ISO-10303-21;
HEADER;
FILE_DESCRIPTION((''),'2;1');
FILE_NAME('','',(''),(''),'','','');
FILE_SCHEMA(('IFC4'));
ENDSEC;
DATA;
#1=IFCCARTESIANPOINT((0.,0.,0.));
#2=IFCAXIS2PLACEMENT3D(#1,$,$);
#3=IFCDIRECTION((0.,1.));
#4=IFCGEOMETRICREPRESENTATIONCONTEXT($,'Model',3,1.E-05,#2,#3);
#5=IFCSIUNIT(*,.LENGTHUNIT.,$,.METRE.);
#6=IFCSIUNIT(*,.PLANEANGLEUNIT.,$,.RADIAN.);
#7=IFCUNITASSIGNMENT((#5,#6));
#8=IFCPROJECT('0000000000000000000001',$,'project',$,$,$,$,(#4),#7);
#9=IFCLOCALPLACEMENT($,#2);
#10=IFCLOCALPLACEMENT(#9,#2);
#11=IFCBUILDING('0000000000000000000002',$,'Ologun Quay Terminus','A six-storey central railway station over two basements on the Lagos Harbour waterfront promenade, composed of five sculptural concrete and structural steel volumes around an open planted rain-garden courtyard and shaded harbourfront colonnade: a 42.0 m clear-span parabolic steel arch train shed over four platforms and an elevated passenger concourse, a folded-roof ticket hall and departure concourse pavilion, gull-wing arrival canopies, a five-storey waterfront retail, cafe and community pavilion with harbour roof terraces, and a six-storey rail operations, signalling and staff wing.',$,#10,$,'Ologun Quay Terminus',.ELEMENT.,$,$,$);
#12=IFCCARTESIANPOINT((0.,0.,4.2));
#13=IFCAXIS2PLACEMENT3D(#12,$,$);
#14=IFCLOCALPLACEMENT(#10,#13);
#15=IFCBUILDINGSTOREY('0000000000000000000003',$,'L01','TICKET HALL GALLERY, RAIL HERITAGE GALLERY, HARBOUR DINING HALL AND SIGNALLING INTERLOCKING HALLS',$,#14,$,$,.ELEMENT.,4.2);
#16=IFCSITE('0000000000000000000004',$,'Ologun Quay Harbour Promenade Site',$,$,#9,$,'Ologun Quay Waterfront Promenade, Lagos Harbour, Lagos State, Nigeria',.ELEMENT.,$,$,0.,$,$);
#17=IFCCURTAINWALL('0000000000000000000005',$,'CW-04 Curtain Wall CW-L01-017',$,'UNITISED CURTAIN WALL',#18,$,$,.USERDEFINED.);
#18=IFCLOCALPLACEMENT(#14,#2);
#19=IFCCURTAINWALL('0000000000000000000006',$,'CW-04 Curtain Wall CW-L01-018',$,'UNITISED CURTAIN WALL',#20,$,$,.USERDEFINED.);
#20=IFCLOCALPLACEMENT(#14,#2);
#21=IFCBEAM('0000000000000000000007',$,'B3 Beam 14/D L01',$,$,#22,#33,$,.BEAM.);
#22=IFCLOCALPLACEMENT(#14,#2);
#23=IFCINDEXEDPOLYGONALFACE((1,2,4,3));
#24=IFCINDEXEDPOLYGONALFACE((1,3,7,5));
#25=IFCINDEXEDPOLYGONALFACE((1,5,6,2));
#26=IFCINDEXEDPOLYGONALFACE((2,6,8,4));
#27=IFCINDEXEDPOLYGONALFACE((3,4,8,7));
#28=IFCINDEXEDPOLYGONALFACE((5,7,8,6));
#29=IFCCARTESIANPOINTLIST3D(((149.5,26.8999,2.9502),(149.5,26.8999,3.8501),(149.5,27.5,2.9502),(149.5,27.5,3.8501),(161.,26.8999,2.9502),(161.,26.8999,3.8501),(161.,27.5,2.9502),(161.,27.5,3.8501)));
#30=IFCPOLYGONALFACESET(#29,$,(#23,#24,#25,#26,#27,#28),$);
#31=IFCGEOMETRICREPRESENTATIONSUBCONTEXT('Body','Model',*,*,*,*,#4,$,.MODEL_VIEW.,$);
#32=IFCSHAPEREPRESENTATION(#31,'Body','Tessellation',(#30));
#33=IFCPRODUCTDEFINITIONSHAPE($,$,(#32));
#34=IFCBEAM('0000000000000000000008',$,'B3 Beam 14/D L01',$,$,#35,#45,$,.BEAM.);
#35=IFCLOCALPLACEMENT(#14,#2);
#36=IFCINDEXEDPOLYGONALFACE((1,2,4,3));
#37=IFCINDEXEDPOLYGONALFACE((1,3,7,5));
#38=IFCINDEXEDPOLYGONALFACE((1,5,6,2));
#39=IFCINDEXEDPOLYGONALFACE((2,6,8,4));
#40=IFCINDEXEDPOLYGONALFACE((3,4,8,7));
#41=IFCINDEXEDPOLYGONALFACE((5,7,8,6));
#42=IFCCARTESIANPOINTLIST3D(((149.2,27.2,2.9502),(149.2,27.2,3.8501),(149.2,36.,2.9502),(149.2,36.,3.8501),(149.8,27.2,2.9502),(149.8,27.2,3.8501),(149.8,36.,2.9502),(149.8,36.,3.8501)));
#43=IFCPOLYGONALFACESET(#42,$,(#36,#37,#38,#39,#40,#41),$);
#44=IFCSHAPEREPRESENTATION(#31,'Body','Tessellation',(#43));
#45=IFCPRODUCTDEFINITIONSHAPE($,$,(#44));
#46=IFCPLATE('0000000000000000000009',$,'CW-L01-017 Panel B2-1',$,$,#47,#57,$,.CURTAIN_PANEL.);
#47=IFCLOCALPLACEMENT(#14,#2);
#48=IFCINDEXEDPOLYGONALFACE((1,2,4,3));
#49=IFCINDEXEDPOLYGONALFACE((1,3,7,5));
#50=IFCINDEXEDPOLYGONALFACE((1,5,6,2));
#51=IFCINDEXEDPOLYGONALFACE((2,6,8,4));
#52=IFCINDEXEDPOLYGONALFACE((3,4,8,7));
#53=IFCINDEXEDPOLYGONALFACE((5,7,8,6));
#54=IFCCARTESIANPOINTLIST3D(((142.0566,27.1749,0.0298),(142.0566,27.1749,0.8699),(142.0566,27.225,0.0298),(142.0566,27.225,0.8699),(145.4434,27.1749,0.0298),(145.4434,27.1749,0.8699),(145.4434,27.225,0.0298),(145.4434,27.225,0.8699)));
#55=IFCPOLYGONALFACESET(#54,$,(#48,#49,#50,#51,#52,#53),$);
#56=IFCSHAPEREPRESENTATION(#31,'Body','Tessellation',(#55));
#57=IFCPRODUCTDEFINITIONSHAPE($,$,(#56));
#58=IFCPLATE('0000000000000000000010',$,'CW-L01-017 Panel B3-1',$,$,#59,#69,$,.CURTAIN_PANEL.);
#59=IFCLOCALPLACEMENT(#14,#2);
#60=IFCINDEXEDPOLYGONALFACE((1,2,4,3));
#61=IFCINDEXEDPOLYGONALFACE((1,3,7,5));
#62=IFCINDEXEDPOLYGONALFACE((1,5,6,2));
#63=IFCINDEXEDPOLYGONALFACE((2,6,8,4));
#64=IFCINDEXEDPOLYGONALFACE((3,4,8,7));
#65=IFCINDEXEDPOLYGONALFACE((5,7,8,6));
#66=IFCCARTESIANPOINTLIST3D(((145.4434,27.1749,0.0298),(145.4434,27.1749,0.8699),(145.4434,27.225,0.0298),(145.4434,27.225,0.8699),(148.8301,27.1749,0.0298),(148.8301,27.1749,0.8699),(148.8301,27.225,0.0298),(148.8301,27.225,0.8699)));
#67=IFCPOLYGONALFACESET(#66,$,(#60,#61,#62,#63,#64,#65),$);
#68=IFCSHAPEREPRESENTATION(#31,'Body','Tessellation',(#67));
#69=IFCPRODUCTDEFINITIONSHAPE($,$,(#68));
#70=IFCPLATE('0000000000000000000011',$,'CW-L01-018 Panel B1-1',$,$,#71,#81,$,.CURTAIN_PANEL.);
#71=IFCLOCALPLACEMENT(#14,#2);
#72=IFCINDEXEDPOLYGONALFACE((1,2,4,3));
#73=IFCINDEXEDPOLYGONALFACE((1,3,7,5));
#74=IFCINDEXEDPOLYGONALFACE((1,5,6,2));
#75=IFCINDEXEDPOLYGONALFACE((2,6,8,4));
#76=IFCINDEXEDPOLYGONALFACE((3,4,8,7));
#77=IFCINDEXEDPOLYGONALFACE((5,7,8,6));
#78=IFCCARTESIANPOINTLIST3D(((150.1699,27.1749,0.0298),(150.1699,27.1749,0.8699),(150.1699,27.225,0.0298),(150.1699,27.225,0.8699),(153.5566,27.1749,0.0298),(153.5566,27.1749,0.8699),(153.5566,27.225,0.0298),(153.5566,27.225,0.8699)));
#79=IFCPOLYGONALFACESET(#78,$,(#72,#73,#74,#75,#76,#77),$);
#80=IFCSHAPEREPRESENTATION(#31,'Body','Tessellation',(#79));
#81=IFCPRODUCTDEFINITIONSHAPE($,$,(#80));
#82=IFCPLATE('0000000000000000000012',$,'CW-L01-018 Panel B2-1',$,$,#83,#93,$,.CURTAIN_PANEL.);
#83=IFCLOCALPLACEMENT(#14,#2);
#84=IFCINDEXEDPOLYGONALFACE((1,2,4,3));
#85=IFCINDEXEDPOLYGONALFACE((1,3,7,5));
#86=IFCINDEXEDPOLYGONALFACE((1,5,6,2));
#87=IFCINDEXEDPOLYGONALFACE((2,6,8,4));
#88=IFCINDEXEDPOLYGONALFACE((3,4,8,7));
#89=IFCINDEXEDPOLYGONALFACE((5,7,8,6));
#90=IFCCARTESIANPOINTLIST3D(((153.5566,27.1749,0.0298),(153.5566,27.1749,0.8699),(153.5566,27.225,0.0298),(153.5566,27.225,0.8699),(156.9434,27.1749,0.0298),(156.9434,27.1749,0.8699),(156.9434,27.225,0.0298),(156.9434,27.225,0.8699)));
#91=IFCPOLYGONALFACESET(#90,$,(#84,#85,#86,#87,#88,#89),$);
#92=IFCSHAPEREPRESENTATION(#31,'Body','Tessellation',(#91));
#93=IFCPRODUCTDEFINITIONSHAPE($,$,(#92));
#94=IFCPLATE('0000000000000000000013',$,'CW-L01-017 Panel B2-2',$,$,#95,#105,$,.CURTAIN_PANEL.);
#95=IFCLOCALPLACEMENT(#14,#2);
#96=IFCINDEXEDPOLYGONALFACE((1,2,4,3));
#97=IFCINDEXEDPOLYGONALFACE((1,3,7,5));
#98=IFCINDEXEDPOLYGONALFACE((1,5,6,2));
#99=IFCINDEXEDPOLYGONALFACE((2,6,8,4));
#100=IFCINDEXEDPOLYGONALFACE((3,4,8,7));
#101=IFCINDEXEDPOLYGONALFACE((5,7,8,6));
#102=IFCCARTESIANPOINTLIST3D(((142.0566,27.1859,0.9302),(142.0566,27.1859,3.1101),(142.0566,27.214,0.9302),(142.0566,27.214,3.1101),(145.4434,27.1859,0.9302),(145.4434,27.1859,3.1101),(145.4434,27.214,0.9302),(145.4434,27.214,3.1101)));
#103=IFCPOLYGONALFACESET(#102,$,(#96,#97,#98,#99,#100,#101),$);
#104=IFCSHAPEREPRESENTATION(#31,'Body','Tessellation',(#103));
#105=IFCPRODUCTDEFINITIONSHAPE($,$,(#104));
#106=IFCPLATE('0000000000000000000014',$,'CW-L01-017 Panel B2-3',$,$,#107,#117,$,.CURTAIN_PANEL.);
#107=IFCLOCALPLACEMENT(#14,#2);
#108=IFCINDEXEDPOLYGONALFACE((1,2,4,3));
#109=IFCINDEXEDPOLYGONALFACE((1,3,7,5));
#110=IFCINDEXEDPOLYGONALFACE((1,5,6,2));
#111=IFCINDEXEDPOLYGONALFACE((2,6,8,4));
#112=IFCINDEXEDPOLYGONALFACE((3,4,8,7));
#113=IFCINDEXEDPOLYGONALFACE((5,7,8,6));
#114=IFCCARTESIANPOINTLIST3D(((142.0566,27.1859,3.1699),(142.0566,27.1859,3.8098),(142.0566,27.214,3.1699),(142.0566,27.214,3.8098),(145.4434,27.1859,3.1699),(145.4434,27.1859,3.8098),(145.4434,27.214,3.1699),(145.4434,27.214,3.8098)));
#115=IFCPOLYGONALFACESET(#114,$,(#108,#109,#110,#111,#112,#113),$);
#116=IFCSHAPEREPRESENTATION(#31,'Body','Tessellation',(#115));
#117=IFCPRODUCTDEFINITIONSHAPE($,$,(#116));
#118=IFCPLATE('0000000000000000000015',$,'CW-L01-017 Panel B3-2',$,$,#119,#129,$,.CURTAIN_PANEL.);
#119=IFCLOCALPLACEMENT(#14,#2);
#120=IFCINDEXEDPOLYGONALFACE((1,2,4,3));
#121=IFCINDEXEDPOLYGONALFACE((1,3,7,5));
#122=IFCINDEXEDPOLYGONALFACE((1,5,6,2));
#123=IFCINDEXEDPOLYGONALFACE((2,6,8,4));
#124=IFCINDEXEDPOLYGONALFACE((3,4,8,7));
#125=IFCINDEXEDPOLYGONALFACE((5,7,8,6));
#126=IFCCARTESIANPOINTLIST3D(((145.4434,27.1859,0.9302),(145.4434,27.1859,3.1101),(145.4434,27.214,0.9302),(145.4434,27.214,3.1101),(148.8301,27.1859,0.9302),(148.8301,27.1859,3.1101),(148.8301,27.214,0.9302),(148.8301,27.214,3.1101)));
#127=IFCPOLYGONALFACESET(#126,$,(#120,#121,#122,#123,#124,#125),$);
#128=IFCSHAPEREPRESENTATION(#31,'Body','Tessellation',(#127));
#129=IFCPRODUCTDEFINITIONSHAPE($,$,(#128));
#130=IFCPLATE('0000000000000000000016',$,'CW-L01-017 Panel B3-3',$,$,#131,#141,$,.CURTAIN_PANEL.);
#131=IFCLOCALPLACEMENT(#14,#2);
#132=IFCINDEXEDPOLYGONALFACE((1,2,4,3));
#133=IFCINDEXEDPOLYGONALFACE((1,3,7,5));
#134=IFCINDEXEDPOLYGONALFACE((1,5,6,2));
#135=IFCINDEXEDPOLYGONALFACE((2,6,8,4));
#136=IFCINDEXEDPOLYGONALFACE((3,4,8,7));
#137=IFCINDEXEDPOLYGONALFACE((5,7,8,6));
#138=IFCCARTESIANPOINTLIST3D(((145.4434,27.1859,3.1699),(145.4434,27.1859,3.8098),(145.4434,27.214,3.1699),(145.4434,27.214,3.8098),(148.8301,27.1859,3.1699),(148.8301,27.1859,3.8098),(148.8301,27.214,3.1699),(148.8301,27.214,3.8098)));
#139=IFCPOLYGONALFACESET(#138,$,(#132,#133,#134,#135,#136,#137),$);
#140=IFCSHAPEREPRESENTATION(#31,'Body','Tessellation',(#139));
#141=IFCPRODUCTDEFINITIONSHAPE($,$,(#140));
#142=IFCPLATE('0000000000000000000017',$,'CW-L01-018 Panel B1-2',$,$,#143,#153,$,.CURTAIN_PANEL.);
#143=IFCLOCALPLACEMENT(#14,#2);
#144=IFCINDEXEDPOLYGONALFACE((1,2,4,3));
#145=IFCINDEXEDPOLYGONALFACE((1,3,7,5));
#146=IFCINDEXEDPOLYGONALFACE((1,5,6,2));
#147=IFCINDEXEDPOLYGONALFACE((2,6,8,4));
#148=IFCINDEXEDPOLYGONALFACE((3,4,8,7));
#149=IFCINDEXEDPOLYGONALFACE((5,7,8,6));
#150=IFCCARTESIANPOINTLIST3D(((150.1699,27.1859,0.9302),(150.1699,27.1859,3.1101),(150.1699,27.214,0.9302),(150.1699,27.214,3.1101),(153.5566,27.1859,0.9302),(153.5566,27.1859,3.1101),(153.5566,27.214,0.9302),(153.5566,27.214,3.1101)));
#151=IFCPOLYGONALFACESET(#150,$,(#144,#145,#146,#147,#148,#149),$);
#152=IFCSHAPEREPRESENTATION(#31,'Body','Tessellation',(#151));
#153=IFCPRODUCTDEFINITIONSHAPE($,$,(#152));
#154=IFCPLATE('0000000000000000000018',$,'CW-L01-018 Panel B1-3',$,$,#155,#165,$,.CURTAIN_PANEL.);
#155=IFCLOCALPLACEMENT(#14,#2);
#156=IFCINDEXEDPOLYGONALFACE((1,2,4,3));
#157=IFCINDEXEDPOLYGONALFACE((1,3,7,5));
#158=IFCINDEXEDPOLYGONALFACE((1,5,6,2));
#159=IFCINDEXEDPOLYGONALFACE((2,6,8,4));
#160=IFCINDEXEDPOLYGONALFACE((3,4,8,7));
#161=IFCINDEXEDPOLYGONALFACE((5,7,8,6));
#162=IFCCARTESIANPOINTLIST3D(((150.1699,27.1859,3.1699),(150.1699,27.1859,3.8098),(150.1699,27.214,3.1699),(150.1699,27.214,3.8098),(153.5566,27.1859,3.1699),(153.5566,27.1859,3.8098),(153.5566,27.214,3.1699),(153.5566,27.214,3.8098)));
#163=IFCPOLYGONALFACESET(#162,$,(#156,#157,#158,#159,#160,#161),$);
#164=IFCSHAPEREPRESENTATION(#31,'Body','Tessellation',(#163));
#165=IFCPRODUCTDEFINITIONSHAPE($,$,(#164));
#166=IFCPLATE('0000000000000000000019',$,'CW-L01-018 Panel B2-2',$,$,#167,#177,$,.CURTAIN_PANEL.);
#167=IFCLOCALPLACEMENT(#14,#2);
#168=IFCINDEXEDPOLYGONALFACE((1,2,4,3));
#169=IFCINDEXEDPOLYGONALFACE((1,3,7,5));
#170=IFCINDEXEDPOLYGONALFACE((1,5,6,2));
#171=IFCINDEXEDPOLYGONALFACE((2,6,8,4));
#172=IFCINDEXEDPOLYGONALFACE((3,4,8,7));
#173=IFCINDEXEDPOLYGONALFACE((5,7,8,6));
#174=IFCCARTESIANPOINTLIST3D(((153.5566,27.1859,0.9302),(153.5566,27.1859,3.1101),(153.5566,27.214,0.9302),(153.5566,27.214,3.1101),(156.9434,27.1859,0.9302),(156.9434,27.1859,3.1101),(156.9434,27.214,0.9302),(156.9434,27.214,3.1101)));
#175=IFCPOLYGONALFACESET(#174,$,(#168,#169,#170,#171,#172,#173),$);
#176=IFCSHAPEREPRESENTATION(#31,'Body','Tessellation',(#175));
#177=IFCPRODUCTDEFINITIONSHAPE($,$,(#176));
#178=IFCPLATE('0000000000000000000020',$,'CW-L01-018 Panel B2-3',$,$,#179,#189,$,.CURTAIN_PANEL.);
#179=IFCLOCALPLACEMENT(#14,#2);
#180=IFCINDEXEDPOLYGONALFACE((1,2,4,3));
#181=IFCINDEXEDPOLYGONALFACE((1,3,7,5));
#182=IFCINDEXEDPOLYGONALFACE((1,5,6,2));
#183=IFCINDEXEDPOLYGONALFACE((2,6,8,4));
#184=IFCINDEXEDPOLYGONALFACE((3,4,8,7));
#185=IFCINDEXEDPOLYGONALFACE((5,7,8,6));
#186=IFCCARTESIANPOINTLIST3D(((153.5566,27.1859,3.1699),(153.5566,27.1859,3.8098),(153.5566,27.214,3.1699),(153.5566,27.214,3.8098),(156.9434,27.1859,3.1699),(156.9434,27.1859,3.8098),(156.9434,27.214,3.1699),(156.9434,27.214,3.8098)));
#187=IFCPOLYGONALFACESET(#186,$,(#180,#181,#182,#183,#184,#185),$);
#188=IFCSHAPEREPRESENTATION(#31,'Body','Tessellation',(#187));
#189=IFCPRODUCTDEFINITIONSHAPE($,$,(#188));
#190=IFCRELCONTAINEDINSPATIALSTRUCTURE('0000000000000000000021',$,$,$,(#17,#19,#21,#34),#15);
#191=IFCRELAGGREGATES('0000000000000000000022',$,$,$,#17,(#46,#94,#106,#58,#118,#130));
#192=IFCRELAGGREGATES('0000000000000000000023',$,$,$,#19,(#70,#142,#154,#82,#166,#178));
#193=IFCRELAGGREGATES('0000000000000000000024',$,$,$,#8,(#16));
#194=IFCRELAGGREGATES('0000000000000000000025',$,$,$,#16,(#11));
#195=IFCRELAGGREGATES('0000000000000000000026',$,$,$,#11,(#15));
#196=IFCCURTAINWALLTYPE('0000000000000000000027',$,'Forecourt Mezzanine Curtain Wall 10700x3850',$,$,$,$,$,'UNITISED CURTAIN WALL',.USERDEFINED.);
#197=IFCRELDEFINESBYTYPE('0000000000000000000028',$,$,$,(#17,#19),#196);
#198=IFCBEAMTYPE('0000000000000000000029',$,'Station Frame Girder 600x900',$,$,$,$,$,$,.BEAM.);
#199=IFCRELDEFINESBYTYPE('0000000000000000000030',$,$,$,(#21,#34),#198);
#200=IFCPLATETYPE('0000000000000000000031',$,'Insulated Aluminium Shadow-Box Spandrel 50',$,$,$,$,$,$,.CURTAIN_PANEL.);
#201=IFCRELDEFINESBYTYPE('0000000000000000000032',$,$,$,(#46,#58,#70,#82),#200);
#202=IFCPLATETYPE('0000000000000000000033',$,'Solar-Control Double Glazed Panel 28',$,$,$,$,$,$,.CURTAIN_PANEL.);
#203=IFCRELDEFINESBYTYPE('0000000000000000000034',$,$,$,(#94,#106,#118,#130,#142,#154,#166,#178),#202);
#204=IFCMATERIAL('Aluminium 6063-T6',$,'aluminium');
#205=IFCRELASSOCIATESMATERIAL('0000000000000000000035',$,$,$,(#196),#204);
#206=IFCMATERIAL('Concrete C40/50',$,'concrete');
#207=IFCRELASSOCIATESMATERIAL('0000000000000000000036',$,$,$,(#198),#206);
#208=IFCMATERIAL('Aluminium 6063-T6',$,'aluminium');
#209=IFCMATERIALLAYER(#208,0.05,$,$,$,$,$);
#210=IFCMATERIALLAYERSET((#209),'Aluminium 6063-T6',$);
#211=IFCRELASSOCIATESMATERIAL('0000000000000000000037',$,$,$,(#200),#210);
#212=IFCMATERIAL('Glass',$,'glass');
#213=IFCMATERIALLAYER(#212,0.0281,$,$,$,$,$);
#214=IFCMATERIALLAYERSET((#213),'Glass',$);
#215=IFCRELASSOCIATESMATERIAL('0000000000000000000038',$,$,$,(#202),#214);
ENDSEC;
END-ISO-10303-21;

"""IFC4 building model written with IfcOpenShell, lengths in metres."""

from ifc_helpers import new_model, si_unit, direction, frame, origin, origin_2d, place, context, subcontext, project, spatial, rectangle, extrude, material, layer, layer_set, material_profile, profile_set, type_object, element, aggregate, save


model = new_model("IFC4")

# Units and contexts
model_context = context("Model", 3, precision=1e-05, world=origin(), true_north=direction((0.0, 1.0)))
body_context = subcontext(model_context, "Body", "Model", "MODEL_VIEW")
ifc_project = project(units=[si_unit("LENGTHUNIT", "METRE"), si_unit("PLANEANGLEUNIT", "RADIAN")], contexts=[model_context])

# Site, building, storey
site_placement = place(None, origin())
site = spatial("IfcSite", under=ifc_project, at=site_placement, Name="Ologun Quay Harbour Promenade Site", LongName="Ologun Quay Waterfront Promenade, Lagos Harbour, Lagos State, Nigeria", CompositionType="ELEMENT", RefElevation=0.0)
building_placement = place(site_placement, origin())
building = spatial("IfcBuilding", under=site, at=building_placement, Name="Ologun Quay Terminus", Description="A six-storey central railway station over two basements on the Lagos Harbour waterfront promenade, composed of five sculptural concrete and structural steel volumes around an open planted rain-garden courtyard and shaded harbourfront colonnade: a 42.0 m clear-span parabolic steel arch train shed over four platforms and an elevated passenger concourse, a folded-roof ticket hall and departure concourse pavilion, gull-wing arrival canopies, a five-storey waterfront retail, cafe and community pavilion with harbour roof terraces, and a six-storey rail operations, signalling and staff wing.", LongName="Ologun Quay Terminus", CompositionType="ELEMENT")
storey_placement = place(building_placement, frame((0.0, 0.0, 4.2)))
storey = spatial("IfcBuildingStorey", under=building, at=storey_placement, Name="L01", Description="TICKET HALL GALLERY, RAIL HERITAGE GALLERY, HARBOUR DINING HALL AND SIGNALLING INTERLOCKING HALLS", CompositionType="ELEMENT", Elevation=4.2)

# Curtain walls
ifc_material_1 = material(Name="Aluminium 6063-T6", Category="aluminium")
curtain_wall_type = type_object("IfcCurtainWallType", Name="Forecourt Mezzanine Curtain Wall 10700x3850", ElementType="UNITISED CURTAIN WALL", PredefinedType="USERDEFINED", material=ifc_material_1)
curtain_wall_1_placement = place(storey_placement, origin())
curtain_wall_1 = element("IfcCurtainWall", 1, at=curtain_wall_1_placement, inside=storey, type_object=curtain_wall_type, Name="CW-04 Curtain Wall CW-L01-017", ObjectType="UNITISED CURTAIN WALL", PredefinedType="USERDEFINED")
curtain_wall_2_placement = place(storey_placement, origin())
curtain_wall_2 = element("IfcCurtainWall", 2, at=curtain_wall_2_placement, inside=storey, type_object=curtain_wall_type, Name="CW-04 Curtain Wall CW-L01-018", ObjectType="UNITISED CURTAIN WALL", PredefinedType="USERDEFINED")

# Beams
ifc_material_2 = material(Name="Concrete C40/50", Category="concrete")
ifc_material_profile_1 = material_profile(ifc_material_2, rectangle(XDim=0.6001, YDim=0.8999, at=origin_2d()), Name="RC 600x900")
ifc_profile_set_1 = profile_set([ifc_material_profile_1], Name="Concrete C40/50")
beam_type = type_object("IfcBeamType", Name="Station Frame Girder 600x900", PredefinedType="BEAM", material=ifc_profile_set_1)
beam_1_placement = place(storey_placement, frame((149.5, 27.2, 3.4001), z_axis=(1.0, 0.0, 0.0), x_axis=(0.0, 1.0, 0.0)))
element("IfcBeam", 3, at=beam_1_placement, inside=storey, type_object=beam_type, Name="B3 Beam 14/D L01", PredefinedType="BEAM", context=body_context, shape_type="SweptSolid", body=[
    extrude(rectangle(XDim=0.6001, YDim=0.8999, at=origin_2d()), origin(), (0.0, 0.0, 1.0), 11.5),
])
beam_2_placement = place(storey_placement, frame((149.5, 27.2, 3.4001), z_axis=(0.0, 1.0, 0.0), x_axis=(-1.0, 0.0, 0.0)))
element("IfcBeam", 4, at=beam_2_placement, inside=storey, type_object=beam_type, Name="B3 Beam 14/D L01", PredefinedType="BEAM", context=body_context, shape_type="SweptSolid", body=[
    extrude(rectangle(XDim=0.6001, YDim=0.8999, at=origin_2d()), origin(), (0.0, 0.0, 1.0), 8.8),
])

# Plates
ifc_material_3 = material(Name="Aluminium 6063-T6", Category="aluminium")
ifc_layer_1 = layer(ifc_material_3, 0.05)
ifc_layer_set_1 = layer_set([ifc_layer_1], Name="Aluminium 6063-T6")
plate_type_1 = type_object("IfcPlateType", Name="Insulated Aluminium Shadow-Box Spandrel 50", PredefinedType="CURTAIN_PANEL", material=ifc_layer_set_1)
plate_1_placement = place(storey_placement, frame((143.75, 27.2, 0.0298), z_axis=(0.0, 0.0, 1.0), x_axis=(1.0, 0.0, 0.0)))
plate_1 = element("IfcPlate", 5, at=plate_1_placement, type_object=plate_type_1, Name="CW-L01-017 Panel B2-1", PredefinedType="CURTAIN_PANEL", context=body_context, shape_type="SweptSolid", body=[
    extrude(rectangle(XDim=3.3867, YDim=0.05, at=origin_2d()), origin(), (0.0, 0.0, 1.0), 0.8401),
])
plate_2_placement = place(storey_placement, frame((147.1367, 27.2, 0.0298), z_axis=(0.0, 0.0, 1.0), x_axis=(1.0, 0.0, 0.0)))
plate_2 = element("IfcPlate", 6, at=plate_2_placement, type_object=plate_type_1, Name="CW-L01-017 Panel B3-1", PredefinedType="CURTAIN_PANEL", context=body_context, shape_type="SweptSolid", body=[
    extrude(rectangle(XDim=3.3867, YDim=0.05, at=origin_2d()), origin(), (0.0, 0.0, 1.0), 0.8401),
])
plate_3_placement = place(storey_placement, frame((151.8633, 27.2, 0.0298), z_axis=(0.0, 0.0, 1.0), x_axis=(1.0, 0.0, 0.0)))
plate_3 = element("IfcPlate", 7, at=plate_3_placement, type_object=plate_type_1, Name="CW-L01-018 Panel B1-1", PredefinedType="CURTAIN_PANEL", context=body_context, shape_type="SweptSolid", body=[
    extrude(rectangle(XDim=3.3867, YDim=0.05, at=origin_2d()), origin(), (0.0, 0.0, 1.0), 0.8401),
])
plate_4_placement = place(storey_placement, frame((155.25, 27.2, 0.0298), z_axis=(0.0, 0.0, 1.0), x_axis=(1.0, 0.0, 0.0)))
plate_4 = element("IfcPlate", 8, at=plate_4_placement, type_object=plate_type_1, Name="CW-L01-018 Panel B2-1", PredefinedType="CURTAIN_PANEL", context=body_context, shape_type="SweptSolid", body=[
    extrude(rectangle(XDim=3.3867, YDim=0.05, at=origin_2d()), origin(), (0.0, 0.0, 1.0), 0.8401),
])
ifc_material_4 = material(Name="Glass", Category="glass")
ifc_layer_2 = layer(ifc_material_4, 0.0281)
ifc_layer_set_2 = layer_set([ifc_layer_2], Name="Glass")
plate_type_2 = type_object("IfcPlateType", Name="Solar-Control Double Glazed Panel 28", PredefinedType="CURTAIN_PANEL", material=ifc_layer_set_2)
plate_5_placement = place(storey_placement, frame((143.75, 27.2, 0.9302), z_axis=(0.0, 0.0, 1.0), x_axis=(1.0, 0.0, 0.0)))
plate_5 = element("IfcPlate", 9, at=plate_5_placement, type_object=plate_type_2, Name="CW-L01-017 Panel B2-2", PredefinedType="CURTAIN_PANEL", context=body_context, shape_type="SweptSolid", body=[
    extrude(rectangle(XDim=3.3867, YDim=0.0281, at=origin_2d()), origin(), (0.0, 0.0, 1.0), 2.1799),
])
plate_6_placement = place(storey_placement, frame((143.75, 27.2, 3.1699), z_axis=(0.0, 0.0, 1.0), x_axis=(1.0, 0.0, 0.0)))
plate_6 = element("IfcPlate", 10, at=plate_6_placement, type_object=plate_type_2, Name="CW-L01-017 Panel B2-3", PredefinedType="CURTAIN_PANEL", context=body_context, shape_type="SweptSolid", body=[
    extrude(rectangle(XDim=3.3867, YDim=0.0281, at=origin_2d()), origin(), (0.0, 0.0, 1.0), 0.6399),
])
plate_7_placement = place(storey_placement, frame((147.1367, 27.2, 0.9302), z_axis=(0.0, 0.0, 1.0), x_axis=(1.0, 0.0, 0.0)))
plate_7 = element("IfcPlate", 11, at=plate_7_placement, type_object=plate_type_2, Name="CW-L01-017 Panel B3-2", PredefinedType="CURTAIN_PANEL", context=body_context, shape_type="SweptSolid", body=[
    extrude(rectangle(XDim=3.3867, YDim=0.0281, at=origin_2d()), origin(), (0.0, 0.0, 1.0), 2.1799),
])
plate_8_placement = place(storey_placement, frame((147.1367, 27.2, 3.1699), z_axis=(0.0, 0.0, 1.0), x_axis=(1.0, 0.0, 0.0)))
plate_8 = element("IfcPlate", 12, at=plate_8_placement, type_object=plate_type_2, Name="CW-L01-017 Panel B3-3", PredefinedType="CURTAIN_PANEL", context=body_context, shape_type="SweptSolid", body=[
    extrude(rectangle(XDim=3.3867, YDim=0.0281, at=origin_2d()), origin(), (0.0, 0.0, 1.0), 0.6399),
])
aggregate(curtain_wall_1, [plate_1, plate_5, plate_6, plate_2, plate_7, plate_8])
plate_9_placement = place(storey_placement, frame((151.8633, 27.2, 0.9302), z_axis=(0.0, 0.0, 1.0), x_axis=(1.0, 0.0, 0.0)))
plate_9 = element("IfcPlate", 13, at=plate_9_placement, type_object=plate_type_2, Name="CW-L01-018 Panel B1-2", PredefinedType="CURTAIN_PANEL", context=body_context, shape_type="SweptSolid", body=[
    extrude(rectangle(XDim=3.3867, YDim=0.0281, at=origin_2d()), origin(), (0.0, 0.0, 1.0), 2.1799),
])
plate_10_placement = place(storey_placement, frame((151.8633, 27.2, 3.1699), z_axis=(0.0, 0.0, 1.0), x_axis=(1.0, 0.0, 0.0)))
plate_10 = element("IfcPlate", 14, at=plate_10_placement, type_object=plate_type_2, Name="CW-L01-018 Panel B1-3", PredefinedType="CURTAIN_PANEL", context=body_context, shape_type="SweptSolid", body=[
    extrude(rectangle(XDim=3.3867, YDim=0.0281, at=origin_2d()), origin(), (0.0, 0.0, 1.0), 0.6399),
])
plate_11_placement = place(storey_placement, frame((155.25, 27.2, 0.9302), z_axis=(0.0, 0.0, 1.0), x_axis=(1.0, 0.0, 0.0)))
plate_11 = element("IfcPlate", 15, at=plate_11_placement, type_object=plate_type_2, Name="CW-L01-018 Panel B2-2", PredefinedType="CURTAIN_PANEL", context=body_context, shape_type="SweptSolid", body=[
    extrude(rectangle(XDim=3.3867, YDim=0.0281, at=origin_2d()), origin(), (0.0, 0.0, 1.0), 2.1799),
])
plate_12_placement = place(storey_placement, frame((155.25, 27.2, 3.1699), z_axis=(0.0, 0.0, 1.0), x_axis=(1.0, 0.0, 0.0)))
plate_12 = element("IfcPlate", 16, at=plate_12_placement, type_object=plate_type_2, Name="CW-L01-018 Panel B2-3", PredefinedType="CURTAIN_PANEL", context=body_context, shape_type="SweptSolid", body=[
    extrude(rectangle(XDim=3.3867, YDim=0.0281, at=origin_2d()), origin(), (0.0, 0.0, 1.0), 0.6399),
])
aggregate(curtain_wall_2, [plate_3, plate_9, plate_10, plate_4, plate_11, plate_12])

save(model, "model.ifc")
